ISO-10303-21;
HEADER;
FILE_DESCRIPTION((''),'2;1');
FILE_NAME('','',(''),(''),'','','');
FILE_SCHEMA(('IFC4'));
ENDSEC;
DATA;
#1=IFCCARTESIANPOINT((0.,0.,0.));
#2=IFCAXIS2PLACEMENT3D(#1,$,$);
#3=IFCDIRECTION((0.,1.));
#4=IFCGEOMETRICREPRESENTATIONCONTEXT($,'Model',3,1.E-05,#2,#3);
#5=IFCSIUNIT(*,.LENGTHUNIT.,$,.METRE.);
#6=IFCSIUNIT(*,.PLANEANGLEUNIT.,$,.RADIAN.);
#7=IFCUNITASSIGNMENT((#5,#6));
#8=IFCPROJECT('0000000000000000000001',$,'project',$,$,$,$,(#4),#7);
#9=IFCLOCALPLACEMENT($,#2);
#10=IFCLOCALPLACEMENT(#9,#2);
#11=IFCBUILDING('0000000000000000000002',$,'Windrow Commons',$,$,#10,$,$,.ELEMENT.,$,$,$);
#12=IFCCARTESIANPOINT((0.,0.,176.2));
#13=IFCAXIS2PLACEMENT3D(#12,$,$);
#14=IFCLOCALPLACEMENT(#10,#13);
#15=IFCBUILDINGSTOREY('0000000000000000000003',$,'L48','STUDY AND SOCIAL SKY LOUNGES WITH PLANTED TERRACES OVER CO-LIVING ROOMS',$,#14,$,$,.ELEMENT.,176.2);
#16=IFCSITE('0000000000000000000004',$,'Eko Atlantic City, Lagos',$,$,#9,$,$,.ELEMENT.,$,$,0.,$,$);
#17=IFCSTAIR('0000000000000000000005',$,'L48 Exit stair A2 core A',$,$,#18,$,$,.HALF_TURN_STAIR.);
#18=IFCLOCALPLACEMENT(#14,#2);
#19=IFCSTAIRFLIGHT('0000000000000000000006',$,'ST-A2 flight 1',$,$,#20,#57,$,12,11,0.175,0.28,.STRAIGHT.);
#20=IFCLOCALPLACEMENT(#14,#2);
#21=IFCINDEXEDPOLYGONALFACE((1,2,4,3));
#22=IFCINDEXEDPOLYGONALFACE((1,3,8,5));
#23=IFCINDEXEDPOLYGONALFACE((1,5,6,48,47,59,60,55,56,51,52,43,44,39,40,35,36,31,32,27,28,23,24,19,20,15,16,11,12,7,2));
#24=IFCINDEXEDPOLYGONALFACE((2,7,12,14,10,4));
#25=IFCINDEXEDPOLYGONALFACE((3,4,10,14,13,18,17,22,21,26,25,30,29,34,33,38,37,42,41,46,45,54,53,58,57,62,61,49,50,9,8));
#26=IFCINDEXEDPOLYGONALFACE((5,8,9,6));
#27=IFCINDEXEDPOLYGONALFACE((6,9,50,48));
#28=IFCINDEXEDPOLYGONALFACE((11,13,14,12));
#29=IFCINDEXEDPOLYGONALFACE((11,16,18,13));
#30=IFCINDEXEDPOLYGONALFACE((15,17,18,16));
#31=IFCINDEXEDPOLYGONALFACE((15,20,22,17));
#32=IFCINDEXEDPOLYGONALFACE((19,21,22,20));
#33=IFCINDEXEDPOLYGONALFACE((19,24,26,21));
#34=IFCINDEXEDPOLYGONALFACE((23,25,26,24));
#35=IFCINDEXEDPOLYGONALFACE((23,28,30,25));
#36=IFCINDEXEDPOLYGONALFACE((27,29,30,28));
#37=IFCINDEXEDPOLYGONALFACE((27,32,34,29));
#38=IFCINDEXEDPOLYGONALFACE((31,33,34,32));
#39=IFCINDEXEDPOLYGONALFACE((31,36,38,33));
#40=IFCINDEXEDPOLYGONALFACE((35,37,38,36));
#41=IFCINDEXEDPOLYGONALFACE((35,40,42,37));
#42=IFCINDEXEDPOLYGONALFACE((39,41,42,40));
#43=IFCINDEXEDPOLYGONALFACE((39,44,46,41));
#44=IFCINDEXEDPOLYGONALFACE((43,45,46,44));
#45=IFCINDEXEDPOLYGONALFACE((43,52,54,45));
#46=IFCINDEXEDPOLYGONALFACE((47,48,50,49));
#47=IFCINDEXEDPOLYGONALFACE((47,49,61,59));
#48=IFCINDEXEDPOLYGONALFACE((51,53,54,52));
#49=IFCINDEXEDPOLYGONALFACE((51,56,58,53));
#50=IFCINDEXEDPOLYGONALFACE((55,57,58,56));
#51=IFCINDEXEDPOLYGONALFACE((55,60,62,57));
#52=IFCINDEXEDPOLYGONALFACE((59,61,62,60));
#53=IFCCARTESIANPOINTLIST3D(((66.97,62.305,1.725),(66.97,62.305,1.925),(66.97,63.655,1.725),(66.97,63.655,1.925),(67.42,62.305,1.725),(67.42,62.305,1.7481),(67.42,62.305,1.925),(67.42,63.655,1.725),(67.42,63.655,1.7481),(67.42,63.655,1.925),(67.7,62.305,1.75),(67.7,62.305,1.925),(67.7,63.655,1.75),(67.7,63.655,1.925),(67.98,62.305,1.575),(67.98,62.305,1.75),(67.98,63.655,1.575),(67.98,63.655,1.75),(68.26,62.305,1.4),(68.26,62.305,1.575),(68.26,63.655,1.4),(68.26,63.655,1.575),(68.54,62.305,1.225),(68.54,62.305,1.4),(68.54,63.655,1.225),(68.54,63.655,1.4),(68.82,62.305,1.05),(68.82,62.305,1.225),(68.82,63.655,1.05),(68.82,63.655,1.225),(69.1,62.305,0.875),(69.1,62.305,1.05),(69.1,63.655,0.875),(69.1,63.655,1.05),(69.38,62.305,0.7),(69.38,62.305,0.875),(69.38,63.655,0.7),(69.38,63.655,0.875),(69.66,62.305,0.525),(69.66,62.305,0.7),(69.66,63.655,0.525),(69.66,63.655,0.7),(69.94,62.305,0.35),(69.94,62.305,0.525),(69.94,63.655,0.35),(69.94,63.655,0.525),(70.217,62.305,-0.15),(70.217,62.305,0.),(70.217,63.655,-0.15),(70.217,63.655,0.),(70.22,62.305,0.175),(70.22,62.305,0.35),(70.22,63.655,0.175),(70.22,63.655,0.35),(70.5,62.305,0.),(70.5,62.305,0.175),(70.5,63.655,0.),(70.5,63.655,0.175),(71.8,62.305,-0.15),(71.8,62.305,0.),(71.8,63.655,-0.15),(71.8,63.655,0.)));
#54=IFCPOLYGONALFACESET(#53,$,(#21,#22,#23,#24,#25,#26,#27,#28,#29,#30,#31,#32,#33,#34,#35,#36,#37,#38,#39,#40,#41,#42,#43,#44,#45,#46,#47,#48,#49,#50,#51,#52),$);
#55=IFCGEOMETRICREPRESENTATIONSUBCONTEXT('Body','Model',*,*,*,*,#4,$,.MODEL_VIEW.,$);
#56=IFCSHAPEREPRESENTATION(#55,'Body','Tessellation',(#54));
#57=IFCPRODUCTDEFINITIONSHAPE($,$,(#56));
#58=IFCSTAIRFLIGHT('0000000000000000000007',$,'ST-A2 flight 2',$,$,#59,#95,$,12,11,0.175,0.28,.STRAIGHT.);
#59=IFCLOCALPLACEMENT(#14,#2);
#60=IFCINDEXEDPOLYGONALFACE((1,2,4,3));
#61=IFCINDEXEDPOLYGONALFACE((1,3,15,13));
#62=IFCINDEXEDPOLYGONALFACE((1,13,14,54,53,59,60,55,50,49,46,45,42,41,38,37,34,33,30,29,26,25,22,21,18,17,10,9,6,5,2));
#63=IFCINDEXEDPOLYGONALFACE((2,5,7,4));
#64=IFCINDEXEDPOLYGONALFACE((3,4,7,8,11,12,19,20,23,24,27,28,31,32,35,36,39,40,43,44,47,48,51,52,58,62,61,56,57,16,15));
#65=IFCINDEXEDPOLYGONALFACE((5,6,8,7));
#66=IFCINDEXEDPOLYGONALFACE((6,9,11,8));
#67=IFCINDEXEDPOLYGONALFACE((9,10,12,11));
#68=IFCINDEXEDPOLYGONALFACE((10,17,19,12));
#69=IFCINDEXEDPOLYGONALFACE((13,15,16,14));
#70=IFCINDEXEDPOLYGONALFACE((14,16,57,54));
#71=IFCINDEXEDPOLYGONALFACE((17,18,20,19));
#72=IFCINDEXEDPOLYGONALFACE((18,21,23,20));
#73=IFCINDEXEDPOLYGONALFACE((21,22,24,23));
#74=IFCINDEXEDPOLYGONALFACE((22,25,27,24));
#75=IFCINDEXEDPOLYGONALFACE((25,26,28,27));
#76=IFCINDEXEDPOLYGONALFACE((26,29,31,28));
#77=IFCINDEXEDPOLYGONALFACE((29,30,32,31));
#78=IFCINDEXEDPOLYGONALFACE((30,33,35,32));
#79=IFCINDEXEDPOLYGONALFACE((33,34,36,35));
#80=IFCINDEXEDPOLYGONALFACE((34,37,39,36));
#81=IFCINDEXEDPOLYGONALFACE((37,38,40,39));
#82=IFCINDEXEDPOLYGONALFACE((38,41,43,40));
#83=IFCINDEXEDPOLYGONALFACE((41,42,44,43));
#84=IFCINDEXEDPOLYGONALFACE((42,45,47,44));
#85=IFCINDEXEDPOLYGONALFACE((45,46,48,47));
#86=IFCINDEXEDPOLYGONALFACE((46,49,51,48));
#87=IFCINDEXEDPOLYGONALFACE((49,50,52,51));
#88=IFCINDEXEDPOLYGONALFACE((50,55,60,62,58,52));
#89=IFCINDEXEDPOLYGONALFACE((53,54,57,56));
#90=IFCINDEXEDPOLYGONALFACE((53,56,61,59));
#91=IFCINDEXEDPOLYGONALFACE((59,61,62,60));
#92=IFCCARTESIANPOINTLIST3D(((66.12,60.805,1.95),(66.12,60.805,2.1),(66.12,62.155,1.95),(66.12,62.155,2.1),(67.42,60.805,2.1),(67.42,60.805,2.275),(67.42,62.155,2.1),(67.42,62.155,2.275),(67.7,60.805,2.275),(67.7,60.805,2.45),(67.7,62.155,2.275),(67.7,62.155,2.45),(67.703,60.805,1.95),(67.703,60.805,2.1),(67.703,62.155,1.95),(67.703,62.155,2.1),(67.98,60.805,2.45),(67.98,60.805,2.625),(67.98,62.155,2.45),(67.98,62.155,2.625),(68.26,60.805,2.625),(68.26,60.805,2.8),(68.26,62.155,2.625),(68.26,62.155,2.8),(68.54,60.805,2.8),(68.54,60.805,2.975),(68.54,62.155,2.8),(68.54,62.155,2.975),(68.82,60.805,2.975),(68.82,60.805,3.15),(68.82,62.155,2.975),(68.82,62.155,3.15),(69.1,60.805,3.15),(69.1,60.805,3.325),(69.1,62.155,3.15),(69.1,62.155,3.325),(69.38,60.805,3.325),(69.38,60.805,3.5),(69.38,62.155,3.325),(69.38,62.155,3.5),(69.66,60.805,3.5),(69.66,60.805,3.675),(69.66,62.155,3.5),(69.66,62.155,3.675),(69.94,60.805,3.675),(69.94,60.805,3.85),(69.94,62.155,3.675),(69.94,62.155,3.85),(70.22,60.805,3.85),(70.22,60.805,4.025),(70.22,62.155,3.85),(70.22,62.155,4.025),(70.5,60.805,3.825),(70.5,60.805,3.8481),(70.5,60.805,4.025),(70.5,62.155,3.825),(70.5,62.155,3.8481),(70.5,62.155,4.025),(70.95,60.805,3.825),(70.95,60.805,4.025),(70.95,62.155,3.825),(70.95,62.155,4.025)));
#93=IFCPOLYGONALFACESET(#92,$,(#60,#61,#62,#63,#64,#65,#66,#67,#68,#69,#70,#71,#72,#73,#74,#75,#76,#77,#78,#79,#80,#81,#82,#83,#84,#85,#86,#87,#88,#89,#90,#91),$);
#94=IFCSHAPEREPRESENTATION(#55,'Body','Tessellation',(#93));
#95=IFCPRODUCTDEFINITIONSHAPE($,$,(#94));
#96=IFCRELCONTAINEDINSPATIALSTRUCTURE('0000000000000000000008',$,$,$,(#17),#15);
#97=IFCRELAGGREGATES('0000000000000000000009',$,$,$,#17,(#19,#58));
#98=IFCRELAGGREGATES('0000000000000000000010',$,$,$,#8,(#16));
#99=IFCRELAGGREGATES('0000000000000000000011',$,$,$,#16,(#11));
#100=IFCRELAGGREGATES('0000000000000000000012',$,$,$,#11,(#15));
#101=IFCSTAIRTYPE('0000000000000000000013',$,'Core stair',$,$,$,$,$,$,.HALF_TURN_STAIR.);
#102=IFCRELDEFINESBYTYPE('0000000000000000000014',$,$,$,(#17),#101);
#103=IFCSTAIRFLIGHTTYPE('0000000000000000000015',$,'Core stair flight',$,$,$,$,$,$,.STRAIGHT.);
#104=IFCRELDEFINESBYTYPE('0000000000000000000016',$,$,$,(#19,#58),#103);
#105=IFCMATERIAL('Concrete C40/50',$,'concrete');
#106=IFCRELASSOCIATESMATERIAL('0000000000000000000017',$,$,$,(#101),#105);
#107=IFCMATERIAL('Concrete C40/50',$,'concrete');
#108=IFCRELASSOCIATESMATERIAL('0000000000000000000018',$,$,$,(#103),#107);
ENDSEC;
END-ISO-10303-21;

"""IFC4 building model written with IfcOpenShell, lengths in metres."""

from ifc_helpers import new_model, si_unit, direction, frame, origin, place, context, subcontext, project, spatial, polyline, outline, extrude, material, type_object, element, aggregate, save


model = new_model("IFC4")

# Units and contexts
model_context = context("Model", 3, precision=1e-05, world=origin(), true_north=direction((0.0, 1.0)))
body_context = subcontext(model_context, "Body", "Model", "MODEL_VIEW")
ifc_project = project(units=[si_unit("LENGTHUNIT", "METRE"), si_unit("PLANEANGLEUNIT", "RADIAN")], contexts=[model_context])

# Site, building, storey
site_placement = place(None, origin())
site = spatial("IfcSite", under=ifc_project, at=site_placement, Name="Eko Atlantic City, Lagos", CompositionType="ELEMENT", RefElevation=0.0)
building_placement = place(site_placement, origin())
building = spatial("IfcBuilding", under=site, at=building_placement, Name="Windrow Commons", CompositionType="ELEMENT")
storey_placement = place(building_placement, frame((0.0, 0.0, 176.2)))
storey = spatial("IfcBuildingStorey", under=building, at=storey_placement, Name="L48", Description="STUDY AND SOCIAL SKY LOUNGES WITH PLANTED TERRACES OVER CO-LIVING ROOMS", CompositionType="ELEMENT", Elevation=176.2)

# Stair, stair flights
ifc_material_1 = material(Name="Concrete C40/50", Category="concrete")
stair_type = type_object("IfcStairType", Name="Core stair", PredefinedType="HALF_TURN_STAIR", material=ifc_material_1)
stair_placement = place(storey_placement, origin())
stair = element("IfcStair", 1, at=stair_placement, inside=storey, type_object=stair_type, Name="L48 Exit stair A2 core A", PredefinedType="HALF_TURN_STAIR")
ifc_material_2 = material(Name="Concrete C40/50", Category="concrete")
stair_flight_type = type_object("IfcStairFlightType", Name="Core stair flight", PredefinedType="STRAIGHT", material=ifc_material_2)
stair_flight_1_placement = place(storey_placement, frame((70.5, 62.98, 0.0), z_axis=(0.0, 0.0, 1.0), x_axis=(-1.0, 0.0, 0.0)))
stair_flight_1 = element("IfcStairFlight", 2, at=stair_flight_1_placement, type_object=stair_flight_type, Name="ST-A2 flight 1", NumberOfRisers=12, NumberOfTreads=11, PredefinedType="STRAIGHT", RiserHeight=0.175, TreadLength=0.28, context=body_context, shape_type="SweptSolid", body=[
    extrude(outline(polyline([(-1.3, -0.15), (-1.3, 0.0), (0.0, 0.0), (0.0, 0.175), (0.28, 0.175), (0.28, 0.35), (0.56, 0.35), (0.56, 0.525), (0.84, 0.525), (0.84, 0.7), (1.12, 0.7), (1.12, 0.875), (1.4, 0.875), (1.4, 1.05), (1.68, 1.05), (1.68, 1.225), (1.96, 1.225), (1.96, 1.4), (2.24, 1.4), (2.24, 1.575), (2.52, 1.575), (2.52, 1.75), (2.8, 1.75), (2.8, 1.925), (3.08, 1.925), (3.53, 1.925), (3.53, 1.725), (3.08, 1.725), (3.08, 1.7481), (0.283, 0.0), (0.283, -0.15), (-1.3, -0.15)])), frame((0.0, 0.675, 0.0), z_axis=(0.0, -1.0, 0.0), x_axis=(1.0, 0.0, 0.0)), (0.0, 0.0, 1.0), 1.35),
])
stair_flight_2_placement = place(storey_placement, frame((67.42, 61.48, 2.1), z_axis=(0.0, 0.0, 1.0), x_axis=(1.0, 0.0, 0.0)))
stair_flight_2 = element("IfcStairFlight", 3, at=stair_flight_2_placement, type_object=stair_flight_type, Name="ST-A2 flight 2", NumberOfRisers=12, NumberOfTreads=11, PredefinedType="STRAIGHT", RiserHeight=0.175, TreadLength=0.28, context=body_context, shape_type="SweptSolid", body=[
    extrude(outline(polyline([(-1.3, -0.15), (-1.3, 0.0), (0.0, 0.0), (0.0, 0.175), (0.28, 0.175), (0.28, 0.35), (0.56, 0.35), (0.56, 0.525), (0.84, 0.525), (0.84, 0.7), (1.12, 0.7), (1.12, 0.875), (1.4, 0.875), (1.4, 1.05), (1.68, 1.05), (1.68, 1.225), (1.96, 1.225), (1.96, 1.4), (2.24, 1.4), (2.24, 1.575), (2.52, 1.575), (2.52, 1.75), (2.8, 1.75), (2.8, 1.925), (3.08, 1.925), (3.53, 1.925), (3.53, 1.725), (3.08, 1.725), (3.08, 1.7481), (0.283, 0.0), (0.283, -0.15), (-1.3, -0.15)])), frame((0.0, 0.675, 0.0), z_axis=(0.0, -1.0, 0.0), x_axis=(1.0, 0.0, 0.0)), (0.0, 0.0, 1.0), 1.35),
])
aggregate(stair, [stair_flight_1, stair_flight_2])

save(model, "model.ifc")
